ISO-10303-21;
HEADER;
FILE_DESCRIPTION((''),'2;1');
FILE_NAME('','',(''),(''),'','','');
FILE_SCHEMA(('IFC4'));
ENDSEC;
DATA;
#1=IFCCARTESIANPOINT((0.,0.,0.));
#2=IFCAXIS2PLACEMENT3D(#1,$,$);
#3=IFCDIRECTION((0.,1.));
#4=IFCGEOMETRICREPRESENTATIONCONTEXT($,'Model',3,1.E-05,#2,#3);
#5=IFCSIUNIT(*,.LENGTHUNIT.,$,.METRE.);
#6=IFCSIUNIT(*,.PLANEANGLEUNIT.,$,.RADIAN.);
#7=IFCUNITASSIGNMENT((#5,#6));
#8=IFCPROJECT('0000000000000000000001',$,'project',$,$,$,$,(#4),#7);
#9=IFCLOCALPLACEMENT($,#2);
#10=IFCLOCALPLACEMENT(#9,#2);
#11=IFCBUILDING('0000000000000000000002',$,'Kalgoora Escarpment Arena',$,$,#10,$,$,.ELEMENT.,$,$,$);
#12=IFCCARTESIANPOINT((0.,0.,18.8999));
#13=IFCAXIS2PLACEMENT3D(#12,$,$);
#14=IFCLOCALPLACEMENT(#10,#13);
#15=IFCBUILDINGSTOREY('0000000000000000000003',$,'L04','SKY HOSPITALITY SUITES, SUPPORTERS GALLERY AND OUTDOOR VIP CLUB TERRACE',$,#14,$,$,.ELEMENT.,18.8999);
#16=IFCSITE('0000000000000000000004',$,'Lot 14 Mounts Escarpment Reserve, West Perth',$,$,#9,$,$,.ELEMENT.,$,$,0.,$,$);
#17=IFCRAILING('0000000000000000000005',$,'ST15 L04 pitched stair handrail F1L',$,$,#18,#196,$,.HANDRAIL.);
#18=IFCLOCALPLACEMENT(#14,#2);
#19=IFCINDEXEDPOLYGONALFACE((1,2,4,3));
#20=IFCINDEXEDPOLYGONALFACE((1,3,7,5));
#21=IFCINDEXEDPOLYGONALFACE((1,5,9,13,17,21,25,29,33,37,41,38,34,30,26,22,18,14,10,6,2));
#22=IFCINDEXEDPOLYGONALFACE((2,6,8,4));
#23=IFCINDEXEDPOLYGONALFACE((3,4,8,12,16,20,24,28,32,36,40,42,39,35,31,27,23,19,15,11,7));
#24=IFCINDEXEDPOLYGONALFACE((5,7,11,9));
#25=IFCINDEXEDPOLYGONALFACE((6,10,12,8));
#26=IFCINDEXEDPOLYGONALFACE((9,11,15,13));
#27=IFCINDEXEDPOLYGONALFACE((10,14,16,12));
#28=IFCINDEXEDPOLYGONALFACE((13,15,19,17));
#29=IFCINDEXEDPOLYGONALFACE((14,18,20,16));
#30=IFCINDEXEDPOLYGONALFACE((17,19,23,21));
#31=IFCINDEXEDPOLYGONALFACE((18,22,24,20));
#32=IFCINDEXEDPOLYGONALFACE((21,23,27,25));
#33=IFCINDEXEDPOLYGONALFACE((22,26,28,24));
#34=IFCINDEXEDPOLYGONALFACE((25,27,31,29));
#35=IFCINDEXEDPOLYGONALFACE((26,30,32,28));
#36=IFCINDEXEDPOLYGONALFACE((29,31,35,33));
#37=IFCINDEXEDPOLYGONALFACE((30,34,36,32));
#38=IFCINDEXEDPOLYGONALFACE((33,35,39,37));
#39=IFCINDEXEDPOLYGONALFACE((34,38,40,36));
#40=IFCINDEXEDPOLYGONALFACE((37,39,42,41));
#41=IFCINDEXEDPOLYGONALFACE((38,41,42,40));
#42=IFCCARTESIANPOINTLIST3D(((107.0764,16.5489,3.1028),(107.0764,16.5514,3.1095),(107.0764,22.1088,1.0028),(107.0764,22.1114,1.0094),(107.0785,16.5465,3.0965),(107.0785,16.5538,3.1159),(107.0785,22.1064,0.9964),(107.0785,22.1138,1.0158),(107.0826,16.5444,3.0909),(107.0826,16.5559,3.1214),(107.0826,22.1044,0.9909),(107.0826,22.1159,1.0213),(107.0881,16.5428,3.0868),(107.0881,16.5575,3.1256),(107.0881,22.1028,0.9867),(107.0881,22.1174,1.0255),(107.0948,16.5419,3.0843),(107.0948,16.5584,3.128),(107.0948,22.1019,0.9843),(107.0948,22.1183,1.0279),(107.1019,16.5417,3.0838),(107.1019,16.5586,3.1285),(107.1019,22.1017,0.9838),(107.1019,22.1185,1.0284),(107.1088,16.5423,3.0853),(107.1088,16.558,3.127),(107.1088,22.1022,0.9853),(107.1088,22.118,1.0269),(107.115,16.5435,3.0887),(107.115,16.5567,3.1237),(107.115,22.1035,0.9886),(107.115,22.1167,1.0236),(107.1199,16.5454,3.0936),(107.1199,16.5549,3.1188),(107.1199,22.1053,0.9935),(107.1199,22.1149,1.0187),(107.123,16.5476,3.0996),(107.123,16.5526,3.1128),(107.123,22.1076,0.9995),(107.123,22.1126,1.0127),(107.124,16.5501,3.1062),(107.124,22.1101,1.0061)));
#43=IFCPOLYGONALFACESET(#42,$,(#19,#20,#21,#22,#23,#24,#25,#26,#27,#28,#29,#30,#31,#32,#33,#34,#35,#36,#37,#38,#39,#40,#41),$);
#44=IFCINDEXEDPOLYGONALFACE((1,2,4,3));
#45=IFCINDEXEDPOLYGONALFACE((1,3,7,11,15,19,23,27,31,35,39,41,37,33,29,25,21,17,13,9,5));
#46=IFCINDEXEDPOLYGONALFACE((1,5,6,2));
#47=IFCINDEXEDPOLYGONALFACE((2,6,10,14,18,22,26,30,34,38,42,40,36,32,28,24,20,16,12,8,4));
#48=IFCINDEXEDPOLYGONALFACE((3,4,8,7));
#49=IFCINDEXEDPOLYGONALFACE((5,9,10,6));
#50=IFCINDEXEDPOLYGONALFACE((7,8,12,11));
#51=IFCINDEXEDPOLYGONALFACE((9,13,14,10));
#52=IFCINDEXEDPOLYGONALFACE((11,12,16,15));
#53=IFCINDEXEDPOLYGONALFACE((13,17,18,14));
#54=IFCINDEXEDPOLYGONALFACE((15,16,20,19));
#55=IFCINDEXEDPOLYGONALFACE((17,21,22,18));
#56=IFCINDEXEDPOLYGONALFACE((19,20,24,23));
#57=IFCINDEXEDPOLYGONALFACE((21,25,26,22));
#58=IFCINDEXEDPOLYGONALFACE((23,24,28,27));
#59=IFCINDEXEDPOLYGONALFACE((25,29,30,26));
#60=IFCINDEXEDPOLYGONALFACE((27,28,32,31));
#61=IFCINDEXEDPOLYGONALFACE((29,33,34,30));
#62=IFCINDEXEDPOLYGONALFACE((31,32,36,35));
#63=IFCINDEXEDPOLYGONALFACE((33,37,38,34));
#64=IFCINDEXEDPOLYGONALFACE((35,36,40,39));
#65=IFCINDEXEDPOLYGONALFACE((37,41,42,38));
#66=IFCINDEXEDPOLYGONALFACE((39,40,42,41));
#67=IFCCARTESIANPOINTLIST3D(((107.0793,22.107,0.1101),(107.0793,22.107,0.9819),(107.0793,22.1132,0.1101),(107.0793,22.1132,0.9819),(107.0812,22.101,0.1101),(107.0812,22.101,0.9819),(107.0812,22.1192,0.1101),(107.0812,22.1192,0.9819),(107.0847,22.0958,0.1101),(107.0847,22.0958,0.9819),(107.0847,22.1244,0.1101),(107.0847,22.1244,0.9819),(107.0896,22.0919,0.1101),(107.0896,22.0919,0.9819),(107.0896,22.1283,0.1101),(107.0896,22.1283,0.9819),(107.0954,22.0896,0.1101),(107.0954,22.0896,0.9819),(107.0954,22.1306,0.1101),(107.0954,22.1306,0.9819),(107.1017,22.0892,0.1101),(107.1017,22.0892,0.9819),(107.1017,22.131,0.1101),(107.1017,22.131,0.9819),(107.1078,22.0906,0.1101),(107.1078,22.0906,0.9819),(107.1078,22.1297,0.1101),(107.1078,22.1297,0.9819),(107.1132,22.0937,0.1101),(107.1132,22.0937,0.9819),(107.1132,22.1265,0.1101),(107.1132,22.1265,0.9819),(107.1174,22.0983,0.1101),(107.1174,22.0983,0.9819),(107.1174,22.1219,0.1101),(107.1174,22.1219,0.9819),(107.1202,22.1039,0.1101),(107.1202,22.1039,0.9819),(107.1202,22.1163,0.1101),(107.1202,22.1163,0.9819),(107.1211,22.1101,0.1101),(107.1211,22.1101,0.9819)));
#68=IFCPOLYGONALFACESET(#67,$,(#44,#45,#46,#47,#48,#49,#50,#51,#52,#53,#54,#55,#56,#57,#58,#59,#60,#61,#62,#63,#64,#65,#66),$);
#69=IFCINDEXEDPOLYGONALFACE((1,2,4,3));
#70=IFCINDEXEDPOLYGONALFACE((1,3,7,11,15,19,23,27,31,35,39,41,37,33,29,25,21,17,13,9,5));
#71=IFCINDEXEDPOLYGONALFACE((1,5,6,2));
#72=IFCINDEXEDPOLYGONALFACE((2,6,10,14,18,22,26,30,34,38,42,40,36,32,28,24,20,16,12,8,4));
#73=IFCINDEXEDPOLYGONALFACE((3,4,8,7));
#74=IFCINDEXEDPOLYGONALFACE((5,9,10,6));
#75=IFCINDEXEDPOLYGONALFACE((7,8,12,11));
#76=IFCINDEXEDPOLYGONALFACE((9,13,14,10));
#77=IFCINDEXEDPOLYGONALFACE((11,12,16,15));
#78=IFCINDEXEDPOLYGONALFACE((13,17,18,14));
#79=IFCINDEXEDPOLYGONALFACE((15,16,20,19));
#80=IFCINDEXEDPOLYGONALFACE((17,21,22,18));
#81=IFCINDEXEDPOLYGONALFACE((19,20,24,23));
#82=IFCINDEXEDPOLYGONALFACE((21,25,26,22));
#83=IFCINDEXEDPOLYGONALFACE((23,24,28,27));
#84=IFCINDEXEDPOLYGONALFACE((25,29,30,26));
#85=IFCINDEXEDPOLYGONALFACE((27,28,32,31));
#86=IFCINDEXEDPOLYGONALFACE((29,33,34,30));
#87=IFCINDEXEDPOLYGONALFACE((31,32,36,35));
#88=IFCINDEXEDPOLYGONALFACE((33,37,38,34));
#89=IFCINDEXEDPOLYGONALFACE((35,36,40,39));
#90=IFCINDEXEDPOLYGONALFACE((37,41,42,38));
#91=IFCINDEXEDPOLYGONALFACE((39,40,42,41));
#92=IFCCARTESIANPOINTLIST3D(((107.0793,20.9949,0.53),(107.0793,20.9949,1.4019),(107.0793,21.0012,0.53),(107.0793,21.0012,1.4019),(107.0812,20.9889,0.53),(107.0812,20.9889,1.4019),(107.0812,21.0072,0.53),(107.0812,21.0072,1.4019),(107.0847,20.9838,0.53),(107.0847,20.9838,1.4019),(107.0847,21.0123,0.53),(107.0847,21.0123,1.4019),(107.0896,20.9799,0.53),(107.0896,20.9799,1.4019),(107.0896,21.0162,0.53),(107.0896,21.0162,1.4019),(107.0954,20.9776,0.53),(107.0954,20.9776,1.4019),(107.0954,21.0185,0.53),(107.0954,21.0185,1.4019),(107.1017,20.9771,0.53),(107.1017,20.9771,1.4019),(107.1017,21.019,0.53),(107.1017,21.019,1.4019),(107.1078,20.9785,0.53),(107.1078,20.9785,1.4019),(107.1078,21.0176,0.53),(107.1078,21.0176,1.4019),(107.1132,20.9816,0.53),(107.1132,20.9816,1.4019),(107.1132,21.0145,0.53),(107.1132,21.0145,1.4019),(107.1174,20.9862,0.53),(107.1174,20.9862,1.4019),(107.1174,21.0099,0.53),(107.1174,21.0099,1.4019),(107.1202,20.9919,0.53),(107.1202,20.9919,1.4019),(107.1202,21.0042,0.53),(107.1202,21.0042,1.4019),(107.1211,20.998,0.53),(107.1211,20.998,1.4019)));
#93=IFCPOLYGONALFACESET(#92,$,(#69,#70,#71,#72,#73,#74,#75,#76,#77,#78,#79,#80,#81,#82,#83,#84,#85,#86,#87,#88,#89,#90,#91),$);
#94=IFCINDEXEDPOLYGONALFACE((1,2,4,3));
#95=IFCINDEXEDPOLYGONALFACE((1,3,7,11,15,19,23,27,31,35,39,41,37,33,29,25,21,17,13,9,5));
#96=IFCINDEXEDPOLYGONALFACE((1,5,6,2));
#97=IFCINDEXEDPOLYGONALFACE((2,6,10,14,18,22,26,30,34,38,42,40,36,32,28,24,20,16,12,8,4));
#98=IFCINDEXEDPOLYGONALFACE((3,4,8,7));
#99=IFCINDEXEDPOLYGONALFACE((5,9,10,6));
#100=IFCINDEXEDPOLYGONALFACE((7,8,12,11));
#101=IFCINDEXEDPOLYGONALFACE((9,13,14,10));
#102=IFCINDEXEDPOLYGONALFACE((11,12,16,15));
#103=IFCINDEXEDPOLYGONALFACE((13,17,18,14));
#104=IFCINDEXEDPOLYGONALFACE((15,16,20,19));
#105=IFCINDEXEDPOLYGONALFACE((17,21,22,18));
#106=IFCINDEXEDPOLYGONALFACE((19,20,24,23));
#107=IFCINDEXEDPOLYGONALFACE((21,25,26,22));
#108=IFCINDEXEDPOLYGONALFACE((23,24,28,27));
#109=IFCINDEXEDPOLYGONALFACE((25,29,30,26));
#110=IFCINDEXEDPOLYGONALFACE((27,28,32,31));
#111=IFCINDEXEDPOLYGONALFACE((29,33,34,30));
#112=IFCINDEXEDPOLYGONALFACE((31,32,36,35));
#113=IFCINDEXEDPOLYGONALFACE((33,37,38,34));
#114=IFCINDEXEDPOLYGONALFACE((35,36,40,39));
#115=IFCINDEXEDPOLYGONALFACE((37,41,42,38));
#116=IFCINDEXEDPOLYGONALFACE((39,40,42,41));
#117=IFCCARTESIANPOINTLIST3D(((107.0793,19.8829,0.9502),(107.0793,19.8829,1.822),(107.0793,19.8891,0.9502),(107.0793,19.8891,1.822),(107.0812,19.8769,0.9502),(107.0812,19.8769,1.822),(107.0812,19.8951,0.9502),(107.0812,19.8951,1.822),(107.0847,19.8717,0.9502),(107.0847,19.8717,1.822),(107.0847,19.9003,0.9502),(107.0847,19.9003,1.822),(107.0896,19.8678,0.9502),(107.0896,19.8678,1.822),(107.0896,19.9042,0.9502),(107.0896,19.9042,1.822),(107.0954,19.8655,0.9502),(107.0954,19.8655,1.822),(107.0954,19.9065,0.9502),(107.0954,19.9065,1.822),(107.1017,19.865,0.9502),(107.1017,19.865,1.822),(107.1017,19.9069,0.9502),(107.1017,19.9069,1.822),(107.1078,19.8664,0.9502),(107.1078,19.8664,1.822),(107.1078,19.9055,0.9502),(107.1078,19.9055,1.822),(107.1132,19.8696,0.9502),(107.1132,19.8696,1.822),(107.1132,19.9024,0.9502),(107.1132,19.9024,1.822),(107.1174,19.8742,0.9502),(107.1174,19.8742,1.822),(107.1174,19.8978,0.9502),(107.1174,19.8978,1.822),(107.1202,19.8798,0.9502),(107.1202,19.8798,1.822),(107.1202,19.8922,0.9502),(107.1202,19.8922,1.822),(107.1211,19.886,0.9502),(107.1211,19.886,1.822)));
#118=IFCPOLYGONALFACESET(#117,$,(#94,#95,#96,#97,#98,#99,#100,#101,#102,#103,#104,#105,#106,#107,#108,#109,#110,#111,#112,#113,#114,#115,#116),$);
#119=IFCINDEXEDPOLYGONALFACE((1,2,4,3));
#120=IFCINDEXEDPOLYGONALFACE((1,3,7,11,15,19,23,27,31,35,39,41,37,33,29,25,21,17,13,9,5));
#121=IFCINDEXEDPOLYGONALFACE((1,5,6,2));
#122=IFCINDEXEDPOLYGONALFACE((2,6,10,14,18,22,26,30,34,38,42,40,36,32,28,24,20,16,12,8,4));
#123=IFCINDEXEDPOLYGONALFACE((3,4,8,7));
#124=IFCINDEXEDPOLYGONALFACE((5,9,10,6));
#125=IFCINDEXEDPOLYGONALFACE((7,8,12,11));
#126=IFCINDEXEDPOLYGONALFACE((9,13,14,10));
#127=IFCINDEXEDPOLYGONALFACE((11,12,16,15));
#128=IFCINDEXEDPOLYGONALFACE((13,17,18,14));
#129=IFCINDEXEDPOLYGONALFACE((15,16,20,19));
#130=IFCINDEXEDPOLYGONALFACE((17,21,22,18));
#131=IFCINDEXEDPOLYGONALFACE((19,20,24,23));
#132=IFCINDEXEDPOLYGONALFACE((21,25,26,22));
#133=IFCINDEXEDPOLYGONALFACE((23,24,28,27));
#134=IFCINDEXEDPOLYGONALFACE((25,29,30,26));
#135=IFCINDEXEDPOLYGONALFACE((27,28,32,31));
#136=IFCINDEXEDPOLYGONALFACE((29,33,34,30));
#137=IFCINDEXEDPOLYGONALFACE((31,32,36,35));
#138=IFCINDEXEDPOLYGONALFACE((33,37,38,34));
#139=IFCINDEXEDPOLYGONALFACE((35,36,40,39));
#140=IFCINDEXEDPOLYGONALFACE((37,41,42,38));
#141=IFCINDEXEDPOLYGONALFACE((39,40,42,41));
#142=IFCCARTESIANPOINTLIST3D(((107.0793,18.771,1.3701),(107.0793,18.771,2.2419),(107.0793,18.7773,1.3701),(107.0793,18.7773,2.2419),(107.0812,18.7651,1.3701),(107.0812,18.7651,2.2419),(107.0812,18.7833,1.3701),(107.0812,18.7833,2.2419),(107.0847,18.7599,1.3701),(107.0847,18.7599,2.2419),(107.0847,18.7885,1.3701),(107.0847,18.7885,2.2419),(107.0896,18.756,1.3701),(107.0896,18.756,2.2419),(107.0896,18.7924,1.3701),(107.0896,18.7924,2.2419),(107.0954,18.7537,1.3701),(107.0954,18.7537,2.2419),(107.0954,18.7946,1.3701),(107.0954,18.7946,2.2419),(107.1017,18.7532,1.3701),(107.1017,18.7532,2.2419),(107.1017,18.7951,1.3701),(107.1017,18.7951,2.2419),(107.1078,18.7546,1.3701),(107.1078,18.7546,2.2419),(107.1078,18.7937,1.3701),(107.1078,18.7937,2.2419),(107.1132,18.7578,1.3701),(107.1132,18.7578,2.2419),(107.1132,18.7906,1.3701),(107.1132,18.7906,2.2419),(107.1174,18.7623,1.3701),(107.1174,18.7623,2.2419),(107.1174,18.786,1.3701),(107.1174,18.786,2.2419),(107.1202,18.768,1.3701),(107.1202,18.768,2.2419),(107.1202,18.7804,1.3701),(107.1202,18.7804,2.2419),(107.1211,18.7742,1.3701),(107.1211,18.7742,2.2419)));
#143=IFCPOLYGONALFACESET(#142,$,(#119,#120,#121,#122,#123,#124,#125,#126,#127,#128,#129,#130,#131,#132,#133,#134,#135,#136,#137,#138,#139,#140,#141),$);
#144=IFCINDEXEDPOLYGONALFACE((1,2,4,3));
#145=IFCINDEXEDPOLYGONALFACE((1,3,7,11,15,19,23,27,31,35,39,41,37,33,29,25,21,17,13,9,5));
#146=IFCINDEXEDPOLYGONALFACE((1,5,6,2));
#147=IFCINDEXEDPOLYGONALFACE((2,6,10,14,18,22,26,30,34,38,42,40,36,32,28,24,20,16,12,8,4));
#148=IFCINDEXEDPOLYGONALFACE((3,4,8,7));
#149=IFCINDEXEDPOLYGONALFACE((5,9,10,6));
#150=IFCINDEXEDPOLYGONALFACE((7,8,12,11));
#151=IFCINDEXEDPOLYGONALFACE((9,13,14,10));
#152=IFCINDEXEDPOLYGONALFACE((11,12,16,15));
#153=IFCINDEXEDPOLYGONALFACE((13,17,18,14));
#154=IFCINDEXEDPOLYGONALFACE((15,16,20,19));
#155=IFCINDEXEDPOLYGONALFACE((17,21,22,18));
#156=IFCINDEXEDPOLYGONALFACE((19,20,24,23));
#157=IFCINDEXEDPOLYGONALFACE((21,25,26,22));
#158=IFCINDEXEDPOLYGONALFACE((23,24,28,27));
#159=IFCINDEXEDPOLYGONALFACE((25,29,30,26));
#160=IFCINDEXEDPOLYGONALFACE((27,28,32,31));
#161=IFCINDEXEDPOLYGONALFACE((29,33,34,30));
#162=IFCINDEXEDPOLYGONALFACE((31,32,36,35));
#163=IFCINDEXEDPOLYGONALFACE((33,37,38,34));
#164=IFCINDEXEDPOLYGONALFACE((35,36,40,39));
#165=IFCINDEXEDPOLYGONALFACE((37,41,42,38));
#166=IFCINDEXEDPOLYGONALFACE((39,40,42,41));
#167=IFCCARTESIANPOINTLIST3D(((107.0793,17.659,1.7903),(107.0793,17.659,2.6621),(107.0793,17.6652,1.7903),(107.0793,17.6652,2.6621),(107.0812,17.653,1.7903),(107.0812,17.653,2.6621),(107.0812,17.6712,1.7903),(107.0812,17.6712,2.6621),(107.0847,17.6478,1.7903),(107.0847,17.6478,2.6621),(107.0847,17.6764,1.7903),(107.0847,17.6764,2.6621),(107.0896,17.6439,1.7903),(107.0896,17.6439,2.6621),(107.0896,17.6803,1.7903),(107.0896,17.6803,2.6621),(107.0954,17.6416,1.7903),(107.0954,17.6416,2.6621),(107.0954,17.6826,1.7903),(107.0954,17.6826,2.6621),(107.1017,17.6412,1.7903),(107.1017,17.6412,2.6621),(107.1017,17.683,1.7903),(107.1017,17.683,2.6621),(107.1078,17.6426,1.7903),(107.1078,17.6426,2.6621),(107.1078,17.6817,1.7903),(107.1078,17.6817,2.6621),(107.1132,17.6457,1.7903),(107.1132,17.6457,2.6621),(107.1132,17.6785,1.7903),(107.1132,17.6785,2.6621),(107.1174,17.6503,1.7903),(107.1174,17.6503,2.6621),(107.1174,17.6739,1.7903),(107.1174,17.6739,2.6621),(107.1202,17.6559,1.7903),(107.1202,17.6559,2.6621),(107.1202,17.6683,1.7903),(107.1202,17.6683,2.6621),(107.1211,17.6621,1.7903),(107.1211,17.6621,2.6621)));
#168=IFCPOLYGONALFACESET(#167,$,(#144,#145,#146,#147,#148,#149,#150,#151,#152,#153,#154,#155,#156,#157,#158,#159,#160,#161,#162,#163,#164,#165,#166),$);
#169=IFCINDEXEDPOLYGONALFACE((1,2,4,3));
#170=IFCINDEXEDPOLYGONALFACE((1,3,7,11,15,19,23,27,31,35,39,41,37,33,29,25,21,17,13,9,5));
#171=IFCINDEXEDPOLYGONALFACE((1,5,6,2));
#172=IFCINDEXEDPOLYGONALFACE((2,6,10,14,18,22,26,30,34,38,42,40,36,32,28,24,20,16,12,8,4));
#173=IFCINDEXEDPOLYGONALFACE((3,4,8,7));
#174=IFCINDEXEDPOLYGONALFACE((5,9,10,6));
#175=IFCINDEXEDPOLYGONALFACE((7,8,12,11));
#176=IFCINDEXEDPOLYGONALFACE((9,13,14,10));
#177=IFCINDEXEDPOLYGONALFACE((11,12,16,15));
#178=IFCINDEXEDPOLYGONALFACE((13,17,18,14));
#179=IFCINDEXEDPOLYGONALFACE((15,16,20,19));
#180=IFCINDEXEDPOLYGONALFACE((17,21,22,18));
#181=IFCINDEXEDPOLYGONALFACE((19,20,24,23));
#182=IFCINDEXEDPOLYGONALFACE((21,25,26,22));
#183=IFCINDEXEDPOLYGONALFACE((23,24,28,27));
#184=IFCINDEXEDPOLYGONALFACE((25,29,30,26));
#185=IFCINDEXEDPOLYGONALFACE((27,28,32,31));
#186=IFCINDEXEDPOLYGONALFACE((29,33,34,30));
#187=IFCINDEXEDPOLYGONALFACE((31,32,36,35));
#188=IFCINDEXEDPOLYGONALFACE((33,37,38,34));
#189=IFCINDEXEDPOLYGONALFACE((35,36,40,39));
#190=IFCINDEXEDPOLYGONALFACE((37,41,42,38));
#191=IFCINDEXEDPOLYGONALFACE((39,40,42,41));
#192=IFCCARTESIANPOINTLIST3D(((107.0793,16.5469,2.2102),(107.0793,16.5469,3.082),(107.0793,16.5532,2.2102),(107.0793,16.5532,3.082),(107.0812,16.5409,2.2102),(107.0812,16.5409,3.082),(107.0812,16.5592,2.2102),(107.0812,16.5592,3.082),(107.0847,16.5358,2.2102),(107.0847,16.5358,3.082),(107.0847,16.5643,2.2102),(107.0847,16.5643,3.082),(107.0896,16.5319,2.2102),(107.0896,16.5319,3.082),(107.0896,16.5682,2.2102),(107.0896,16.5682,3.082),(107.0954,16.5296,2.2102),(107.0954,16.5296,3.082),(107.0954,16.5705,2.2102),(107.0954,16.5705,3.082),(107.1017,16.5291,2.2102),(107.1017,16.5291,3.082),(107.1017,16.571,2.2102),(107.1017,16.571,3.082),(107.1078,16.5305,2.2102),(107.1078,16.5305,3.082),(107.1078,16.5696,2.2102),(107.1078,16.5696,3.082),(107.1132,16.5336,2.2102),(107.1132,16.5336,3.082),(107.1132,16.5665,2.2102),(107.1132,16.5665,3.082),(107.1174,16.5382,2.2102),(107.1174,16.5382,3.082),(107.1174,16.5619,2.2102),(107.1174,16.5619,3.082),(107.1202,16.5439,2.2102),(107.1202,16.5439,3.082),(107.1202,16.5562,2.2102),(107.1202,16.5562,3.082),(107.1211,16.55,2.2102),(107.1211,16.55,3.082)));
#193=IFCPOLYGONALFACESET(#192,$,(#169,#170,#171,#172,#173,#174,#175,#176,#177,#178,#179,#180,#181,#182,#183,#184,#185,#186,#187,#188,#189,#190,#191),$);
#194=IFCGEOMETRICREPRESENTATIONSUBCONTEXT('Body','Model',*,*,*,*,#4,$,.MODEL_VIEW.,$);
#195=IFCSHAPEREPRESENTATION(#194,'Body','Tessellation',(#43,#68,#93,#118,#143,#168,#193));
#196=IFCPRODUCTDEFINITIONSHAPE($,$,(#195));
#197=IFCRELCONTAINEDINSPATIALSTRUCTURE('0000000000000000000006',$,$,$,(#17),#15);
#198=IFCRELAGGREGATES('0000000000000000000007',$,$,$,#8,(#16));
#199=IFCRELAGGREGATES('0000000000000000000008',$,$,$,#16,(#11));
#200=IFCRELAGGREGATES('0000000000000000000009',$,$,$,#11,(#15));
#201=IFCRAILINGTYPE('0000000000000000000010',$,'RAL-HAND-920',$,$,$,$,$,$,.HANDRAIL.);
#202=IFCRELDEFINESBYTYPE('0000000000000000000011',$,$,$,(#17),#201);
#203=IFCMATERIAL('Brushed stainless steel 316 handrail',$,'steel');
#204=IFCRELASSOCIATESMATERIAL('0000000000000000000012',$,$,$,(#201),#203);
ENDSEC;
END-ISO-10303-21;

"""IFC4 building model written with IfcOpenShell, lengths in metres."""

from ifc_helpers import new_model, si_unit, direction, frame, origin, origin_2d, place, context, subcontext, project, spatial, circle, extrude, material, type_object, element, save


model = new_model("IFC4")

# Units and contexts
model_context = context("Model", 3, precision=1e-05, world=origin(), true_north=direction((0.0, 1.0)))
body_context = subcontext(model_context, "Body", "Model", "MODEL_VIEW")
ifc_project = project(units=[si_unit("LENGTHUNIT", "METRE"), si_unit("PLANEANGLEUNIT", "RADIAN")], contexts=[model_context])

# Site, building, storey
site_placement = place(None, origin())
site = spatial("IfcSite", under=ifc_project, at=site_placement, Name="Lot 14 Mounts Escarpment Reserve, West Perth", CompositionType="ELEMENT", RefElevation=0.0)
building_placement = place(site_placement, origin())
building = spatial("IfcBuilding", under=site, at=building_placement, Name="Kalgoora Escarpment Arena", CompositionType="ELEMENT")
storey_placement = place(building_placement, frame((0.0, 0.0, 18.8999)))
storey = spatial("IfcBuildingStorey", under=building, at=storey_placement, Name="L04", Description="SKY HOSPITALITY SUITES, SUPPORTERS GALLERY AND OUTDOOR VIP CLUB TERRACE", CompositionType="ELEMENT", Elevation=18.8999)

# Railing
ifc_material_1 = material(Name="Brushed stainless steel 316 handrail", Category="steel")
railing_type_1 = type_object("IfcRailingType", Name="RAL-HAND-920", PredefinedType="HANDRAIL", material=ifc_material_1)
for number, where, name in (
    (1, (107.1001, 22.1101, 0.1101), "ST15 L04 pitched stair handrail F1L"),
):
    element("IfcRailing", number, at=place(storey_placement, frame(where)), inside=storey, type_object=railing_type_1, Name=name, PredefinedType="HANDRAIL", context=body_context, shape_type="SweptSolid", body=[
        extrude(circle(Radius=0.0239, at=origin_2d()), frame((0.0, 0.0, 0.896), z_axis=(0.0, -0.935493, 0.353346), x_axis=(1.0, 0.0, 0.0)), (0.0, 0.0, 1.0), 5.9434),
        extrude(circle(Radius=0.021, at=origin_2d()), origin(), (0.0, 0.0, 1.0), 0.8718),
        extrude(circle(Radius=0.021, at=origin_2d()), frame((0.0, -1.1121, 0.4199)), (0.0, 0.0, 1.0), 0.8718),
        extrude(circle(Radius=0.021, at=origin_2d()), frame((0.0, -2.2241, 0.8401)), (0.0, 0.0, 1.0), 0.8718),
        extrude(circle(Radius=0.021, at=origin_2d()), frame((0.0, -3.3359, 1.26)), (0.0, 0.0, 1.0), 0.8718),
        extrude(circle(Radius=0.021, at=origin_2d()), frame((0.0, -4.448, 1.6802)), (0.0, 0.0, 1.0), 0.8718),
        extrude(circle(Radius=0.021, at=origin_2d()), frame((0.0, -5.5601, 2.1001)), (0.0, 0.0, 1.0), 0.8718),
    ])

save(model, "model.ifc")
